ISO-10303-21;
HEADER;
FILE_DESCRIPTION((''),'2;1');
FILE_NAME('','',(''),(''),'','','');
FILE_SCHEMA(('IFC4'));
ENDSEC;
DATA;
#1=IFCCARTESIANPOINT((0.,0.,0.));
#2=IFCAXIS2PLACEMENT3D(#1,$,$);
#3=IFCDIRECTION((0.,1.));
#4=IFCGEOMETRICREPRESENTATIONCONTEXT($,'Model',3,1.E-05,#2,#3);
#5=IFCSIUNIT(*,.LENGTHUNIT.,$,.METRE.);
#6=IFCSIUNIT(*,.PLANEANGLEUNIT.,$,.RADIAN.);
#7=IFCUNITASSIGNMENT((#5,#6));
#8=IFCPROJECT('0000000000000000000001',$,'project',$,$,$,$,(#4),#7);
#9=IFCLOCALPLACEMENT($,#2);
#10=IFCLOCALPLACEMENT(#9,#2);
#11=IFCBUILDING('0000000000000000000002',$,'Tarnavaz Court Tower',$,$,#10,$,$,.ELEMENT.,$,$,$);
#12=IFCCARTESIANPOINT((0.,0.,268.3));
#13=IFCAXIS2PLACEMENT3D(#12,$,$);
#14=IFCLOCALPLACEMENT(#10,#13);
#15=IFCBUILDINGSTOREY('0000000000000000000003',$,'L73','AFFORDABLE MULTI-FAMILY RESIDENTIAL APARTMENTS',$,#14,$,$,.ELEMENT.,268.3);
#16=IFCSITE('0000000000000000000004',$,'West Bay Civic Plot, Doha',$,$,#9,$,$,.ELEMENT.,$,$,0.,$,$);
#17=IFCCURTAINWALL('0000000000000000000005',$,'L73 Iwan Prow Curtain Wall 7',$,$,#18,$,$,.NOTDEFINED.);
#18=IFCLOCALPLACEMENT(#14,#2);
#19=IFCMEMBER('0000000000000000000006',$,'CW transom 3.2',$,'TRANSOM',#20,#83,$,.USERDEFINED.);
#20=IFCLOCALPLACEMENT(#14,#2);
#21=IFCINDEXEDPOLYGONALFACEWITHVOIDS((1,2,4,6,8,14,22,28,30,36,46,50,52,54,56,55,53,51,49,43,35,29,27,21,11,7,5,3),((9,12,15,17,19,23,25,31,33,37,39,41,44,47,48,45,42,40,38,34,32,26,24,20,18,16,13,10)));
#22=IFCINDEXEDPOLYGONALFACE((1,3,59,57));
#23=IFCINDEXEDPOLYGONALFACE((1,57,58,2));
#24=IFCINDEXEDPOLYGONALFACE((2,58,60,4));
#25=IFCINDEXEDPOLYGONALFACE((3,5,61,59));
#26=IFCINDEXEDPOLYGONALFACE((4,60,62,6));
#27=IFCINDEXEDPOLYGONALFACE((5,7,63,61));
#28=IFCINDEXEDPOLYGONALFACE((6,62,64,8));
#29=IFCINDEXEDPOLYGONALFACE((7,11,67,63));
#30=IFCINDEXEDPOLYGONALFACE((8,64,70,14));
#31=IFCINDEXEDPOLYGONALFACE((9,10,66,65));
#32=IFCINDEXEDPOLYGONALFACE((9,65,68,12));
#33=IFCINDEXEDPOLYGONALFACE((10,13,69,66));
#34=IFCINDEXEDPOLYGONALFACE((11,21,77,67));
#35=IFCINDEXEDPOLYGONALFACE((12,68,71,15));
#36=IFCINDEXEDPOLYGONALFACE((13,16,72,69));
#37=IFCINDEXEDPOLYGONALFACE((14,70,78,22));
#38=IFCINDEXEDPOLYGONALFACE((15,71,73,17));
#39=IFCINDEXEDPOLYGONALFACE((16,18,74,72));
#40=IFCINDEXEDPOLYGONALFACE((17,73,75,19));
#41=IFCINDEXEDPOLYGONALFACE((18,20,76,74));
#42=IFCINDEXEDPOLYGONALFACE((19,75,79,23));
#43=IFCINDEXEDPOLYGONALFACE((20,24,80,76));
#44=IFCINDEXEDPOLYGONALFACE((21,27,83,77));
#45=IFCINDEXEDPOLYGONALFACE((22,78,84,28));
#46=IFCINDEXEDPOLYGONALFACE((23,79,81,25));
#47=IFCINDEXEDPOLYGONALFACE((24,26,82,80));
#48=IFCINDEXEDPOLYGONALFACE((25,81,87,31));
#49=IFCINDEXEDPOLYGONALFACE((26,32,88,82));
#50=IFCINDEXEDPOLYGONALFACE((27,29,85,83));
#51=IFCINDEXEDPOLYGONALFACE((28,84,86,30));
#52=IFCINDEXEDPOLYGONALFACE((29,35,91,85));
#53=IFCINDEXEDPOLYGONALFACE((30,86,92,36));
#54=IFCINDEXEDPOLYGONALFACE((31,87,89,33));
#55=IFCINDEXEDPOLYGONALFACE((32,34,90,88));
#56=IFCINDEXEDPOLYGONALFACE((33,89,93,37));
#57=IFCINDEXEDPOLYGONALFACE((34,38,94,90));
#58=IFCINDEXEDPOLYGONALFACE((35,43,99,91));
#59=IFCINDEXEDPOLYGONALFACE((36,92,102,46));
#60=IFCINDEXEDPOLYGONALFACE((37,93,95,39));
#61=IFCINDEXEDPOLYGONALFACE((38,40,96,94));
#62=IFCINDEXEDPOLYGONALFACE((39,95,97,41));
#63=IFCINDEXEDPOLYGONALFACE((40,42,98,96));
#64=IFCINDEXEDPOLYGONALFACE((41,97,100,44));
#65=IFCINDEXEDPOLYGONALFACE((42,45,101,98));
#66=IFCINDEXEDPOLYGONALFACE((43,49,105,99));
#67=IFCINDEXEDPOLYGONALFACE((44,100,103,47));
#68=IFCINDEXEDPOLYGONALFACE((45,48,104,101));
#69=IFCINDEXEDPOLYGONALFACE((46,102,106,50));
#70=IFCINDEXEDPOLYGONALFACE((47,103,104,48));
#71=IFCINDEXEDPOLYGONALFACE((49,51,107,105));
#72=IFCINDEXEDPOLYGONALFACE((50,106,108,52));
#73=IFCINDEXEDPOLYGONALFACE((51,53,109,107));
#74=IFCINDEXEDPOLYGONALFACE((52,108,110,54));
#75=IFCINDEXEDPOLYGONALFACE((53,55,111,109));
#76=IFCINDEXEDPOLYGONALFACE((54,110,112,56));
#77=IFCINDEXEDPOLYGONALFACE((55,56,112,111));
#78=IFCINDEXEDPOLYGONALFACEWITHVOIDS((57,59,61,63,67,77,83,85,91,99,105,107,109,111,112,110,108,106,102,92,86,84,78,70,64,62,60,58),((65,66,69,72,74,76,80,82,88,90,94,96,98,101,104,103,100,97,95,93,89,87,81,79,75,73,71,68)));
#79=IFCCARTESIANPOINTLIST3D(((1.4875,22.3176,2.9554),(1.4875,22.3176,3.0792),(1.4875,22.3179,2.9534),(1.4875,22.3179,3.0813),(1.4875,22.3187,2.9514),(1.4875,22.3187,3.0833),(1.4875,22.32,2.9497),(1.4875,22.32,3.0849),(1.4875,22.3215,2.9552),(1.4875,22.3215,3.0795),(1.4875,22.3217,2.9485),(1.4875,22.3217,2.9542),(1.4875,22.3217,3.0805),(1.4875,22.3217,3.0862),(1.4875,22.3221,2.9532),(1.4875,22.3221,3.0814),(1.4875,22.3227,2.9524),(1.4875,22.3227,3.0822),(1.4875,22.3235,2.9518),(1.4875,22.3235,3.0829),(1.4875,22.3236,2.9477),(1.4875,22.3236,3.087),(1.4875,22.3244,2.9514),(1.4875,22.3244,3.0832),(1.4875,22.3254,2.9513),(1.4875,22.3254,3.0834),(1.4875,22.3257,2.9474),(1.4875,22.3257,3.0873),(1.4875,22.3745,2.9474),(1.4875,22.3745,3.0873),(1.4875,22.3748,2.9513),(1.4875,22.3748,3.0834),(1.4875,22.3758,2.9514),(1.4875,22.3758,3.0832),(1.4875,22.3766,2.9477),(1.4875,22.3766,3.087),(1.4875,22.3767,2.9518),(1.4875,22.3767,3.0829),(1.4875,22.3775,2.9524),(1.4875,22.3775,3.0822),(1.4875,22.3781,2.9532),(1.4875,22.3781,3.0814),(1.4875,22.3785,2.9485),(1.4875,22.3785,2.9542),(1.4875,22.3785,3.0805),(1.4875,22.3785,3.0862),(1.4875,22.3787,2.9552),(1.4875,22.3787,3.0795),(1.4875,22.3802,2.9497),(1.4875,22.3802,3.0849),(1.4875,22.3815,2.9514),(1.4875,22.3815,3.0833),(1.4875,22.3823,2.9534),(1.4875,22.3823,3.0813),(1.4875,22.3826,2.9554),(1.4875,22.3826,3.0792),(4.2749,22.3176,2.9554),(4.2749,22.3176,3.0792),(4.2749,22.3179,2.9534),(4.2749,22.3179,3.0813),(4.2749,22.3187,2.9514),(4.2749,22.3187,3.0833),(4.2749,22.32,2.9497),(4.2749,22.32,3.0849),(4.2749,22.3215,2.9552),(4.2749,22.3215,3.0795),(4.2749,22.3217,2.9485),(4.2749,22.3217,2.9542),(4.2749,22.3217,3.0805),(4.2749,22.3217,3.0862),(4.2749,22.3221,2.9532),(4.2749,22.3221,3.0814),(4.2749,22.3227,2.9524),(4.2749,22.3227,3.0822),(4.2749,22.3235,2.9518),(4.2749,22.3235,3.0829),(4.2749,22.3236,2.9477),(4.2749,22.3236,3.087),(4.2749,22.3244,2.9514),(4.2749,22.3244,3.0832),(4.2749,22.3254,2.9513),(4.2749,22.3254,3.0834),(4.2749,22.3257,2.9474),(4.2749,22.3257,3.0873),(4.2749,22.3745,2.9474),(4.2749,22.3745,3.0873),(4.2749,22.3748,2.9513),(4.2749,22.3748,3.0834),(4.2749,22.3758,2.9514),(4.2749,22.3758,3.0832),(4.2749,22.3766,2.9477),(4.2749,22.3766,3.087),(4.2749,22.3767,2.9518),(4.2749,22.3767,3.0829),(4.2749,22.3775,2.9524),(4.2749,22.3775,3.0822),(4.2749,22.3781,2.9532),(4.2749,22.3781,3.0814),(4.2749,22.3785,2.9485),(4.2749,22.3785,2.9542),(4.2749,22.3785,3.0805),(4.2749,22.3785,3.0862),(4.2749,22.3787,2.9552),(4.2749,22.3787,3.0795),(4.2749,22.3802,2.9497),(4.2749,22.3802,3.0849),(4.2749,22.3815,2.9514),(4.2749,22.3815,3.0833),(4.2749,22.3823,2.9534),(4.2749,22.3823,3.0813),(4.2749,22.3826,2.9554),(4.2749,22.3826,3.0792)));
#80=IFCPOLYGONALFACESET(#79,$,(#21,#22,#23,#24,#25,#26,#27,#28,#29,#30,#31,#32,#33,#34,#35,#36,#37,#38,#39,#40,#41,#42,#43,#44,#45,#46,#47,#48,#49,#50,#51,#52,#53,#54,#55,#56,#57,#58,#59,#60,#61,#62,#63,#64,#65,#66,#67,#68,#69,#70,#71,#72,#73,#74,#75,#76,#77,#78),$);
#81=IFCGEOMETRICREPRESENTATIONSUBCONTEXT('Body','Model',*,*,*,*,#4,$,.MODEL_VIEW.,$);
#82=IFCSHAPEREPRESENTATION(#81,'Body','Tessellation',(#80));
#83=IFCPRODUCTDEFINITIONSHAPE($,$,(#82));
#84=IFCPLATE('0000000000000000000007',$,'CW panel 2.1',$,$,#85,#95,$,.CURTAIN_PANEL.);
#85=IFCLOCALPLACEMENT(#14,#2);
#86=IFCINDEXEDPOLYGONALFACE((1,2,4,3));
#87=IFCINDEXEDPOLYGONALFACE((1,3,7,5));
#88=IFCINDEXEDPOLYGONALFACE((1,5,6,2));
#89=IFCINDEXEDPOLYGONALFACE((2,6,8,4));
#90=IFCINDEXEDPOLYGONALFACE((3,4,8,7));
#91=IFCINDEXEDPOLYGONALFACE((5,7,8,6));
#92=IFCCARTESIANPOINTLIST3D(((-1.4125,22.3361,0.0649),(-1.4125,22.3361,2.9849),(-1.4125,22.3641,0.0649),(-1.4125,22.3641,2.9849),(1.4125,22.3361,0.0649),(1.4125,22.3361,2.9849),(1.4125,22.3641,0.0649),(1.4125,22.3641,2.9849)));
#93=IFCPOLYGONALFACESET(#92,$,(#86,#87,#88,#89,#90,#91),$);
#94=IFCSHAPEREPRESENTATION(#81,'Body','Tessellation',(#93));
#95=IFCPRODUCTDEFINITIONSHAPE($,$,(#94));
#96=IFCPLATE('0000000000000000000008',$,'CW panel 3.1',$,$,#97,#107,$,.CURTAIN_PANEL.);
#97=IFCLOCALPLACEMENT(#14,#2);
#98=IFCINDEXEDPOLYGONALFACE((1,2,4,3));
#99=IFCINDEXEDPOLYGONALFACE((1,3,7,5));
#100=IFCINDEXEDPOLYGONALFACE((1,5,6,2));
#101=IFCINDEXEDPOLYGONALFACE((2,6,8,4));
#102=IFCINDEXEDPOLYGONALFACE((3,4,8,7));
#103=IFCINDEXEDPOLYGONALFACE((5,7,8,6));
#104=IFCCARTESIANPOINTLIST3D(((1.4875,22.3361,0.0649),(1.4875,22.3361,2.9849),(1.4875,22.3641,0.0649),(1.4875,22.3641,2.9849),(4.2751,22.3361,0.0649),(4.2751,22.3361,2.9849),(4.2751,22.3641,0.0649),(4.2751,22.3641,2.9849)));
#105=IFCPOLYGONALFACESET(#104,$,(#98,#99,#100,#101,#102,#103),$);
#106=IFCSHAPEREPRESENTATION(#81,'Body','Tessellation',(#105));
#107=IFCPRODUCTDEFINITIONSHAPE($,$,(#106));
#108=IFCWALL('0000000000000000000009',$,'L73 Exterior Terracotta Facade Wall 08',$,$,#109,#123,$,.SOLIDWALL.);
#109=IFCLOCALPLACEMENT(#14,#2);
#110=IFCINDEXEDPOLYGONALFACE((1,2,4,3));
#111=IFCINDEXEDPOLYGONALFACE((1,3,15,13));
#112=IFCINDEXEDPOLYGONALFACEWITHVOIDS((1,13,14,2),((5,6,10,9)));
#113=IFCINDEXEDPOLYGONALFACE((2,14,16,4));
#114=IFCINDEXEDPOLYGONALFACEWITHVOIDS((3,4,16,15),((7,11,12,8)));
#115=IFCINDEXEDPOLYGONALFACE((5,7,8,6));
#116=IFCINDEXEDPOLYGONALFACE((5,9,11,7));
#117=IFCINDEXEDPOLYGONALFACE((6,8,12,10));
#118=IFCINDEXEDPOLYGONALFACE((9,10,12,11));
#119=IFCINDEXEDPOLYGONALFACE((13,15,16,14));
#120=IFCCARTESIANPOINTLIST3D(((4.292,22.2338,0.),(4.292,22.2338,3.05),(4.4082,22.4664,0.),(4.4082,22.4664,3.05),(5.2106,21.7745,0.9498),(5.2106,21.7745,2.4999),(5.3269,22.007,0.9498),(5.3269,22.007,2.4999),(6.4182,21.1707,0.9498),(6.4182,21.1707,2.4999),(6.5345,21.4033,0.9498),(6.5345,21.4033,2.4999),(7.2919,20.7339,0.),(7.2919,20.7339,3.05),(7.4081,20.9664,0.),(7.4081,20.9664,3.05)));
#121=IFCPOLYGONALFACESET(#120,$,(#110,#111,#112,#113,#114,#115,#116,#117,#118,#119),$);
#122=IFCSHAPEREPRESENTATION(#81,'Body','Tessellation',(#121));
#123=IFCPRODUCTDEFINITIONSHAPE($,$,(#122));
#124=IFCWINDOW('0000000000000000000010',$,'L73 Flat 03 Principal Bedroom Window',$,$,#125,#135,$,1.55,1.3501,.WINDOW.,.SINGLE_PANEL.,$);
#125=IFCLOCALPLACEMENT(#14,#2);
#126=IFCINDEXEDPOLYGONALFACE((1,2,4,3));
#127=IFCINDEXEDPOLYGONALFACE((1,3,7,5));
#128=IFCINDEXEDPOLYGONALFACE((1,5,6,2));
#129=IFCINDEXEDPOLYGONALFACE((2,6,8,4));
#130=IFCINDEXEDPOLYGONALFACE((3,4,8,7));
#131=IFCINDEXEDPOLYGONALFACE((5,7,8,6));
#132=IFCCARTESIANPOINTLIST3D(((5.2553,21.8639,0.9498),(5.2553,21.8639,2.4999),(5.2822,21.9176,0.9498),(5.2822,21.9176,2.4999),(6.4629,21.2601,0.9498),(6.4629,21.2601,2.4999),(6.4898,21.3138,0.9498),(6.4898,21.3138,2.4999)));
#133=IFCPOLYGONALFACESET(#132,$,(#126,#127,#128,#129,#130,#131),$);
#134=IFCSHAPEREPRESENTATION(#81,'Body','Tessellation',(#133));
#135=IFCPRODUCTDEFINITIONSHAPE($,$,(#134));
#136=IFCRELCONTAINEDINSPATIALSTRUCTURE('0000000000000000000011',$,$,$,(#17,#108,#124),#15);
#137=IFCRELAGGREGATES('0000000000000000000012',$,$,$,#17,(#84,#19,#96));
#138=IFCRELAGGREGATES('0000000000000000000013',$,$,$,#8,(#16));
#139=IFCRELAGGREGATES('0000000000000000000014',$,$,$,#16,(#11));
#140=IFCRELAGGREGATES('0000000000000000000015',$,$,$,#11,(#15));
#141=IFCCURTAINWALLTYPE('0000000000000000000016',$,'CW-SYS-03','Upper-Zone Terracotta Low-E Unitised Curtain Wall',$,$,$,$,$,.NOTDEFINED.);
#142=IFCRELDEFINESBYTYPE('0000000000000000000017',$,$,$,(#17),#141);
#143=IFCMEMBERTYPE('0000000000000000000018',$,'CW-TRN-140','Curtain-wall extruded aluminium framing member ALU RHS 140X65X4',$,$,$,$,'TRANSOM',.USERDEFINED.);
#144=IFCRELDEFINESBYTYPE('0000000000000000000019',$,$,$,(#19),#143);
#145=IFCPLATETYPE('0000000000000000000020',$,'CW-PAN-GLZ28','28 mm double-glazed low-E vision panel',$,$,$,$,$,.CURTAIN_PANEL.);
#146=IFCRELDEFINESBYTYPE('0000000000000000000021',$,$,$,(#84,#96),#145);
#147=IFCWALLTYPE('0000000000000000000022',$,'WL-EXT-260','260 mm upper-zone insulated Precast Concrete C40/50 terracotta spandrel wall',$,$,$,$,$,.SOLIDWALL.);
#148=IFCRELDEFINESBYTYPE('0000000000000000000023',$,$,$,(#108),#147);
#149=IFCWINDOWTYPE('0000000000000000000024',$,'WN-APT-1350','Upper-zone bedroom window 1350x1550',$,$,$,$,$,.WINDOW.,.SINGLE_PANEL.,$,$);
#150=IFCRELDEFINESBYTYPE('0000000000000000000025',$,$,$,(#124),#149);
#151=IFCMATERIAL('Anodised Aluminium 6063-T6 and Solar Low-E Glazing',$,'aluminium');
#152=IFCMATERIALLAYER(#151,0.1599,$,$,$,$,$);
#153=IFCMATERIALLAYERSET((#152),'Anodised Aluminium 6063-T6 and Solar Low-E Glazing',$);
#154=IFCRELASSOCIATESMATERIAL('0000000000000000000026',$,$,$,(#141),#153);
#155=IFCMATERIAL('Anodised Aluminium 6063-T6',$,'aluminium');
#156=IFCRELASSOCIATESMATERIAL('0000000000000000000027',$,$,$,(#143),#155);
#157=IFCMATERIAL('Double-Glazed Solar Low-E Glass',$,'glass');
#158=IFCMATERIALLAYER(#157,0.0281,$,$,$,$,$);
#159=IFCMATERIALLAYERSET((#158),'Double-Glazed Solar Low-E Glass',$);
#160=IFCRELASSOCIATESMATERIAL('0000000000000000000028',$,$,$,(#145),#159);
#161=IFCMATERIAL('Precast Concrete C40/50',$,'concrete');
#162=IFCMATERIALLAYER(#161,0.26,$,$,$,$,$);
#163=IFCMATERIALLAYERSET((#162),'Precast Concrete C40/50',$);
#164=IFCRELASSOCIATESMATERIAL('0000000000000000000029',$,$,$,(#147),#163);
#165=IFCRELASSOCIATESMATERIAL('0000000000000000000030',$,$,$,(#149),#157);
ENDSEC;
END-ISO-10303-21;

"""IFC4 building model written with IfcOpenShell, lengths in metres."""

from ifc_helpers import new_model, si_unit, direction, frame, frame_2d, origin, origin_2d, place, context, subcontext, project, spatial, rectangle, hollow_rectangle, extrude, material, layer, layer_set, material_profile, profile_set, type_object, element, fill, aggregate, save


model = new_model("IFC4")

# Units and contexts
model_context = context("Model", 3, precision=1e-05, world=origin(), true_north=direction((0.0, 1.0)))
body_context = subcontext(model_context, "Body", "Model", "MODEL_VIEW")
ifc_project = project(units=[si_unit("LENGTHUNIT", "METRE"), si_unit("PLANEANGLEUNIT", "RADIAN")], contexts=[model_context])

# Site, building, storey
site_placement = place(None, origin())
site = spatial("IfcSite", under=ifc_project, at=site_placement, Name="West Bay Civic Plot, Doha", CompositionType="ELEMENT", RefElevation=0.0)
building_placement = place(site_placement, origin())
building = spatial("IfcBuilding", under=site, at=building_placement, Name="Tarnavaz Court Tower", CompositionType="ELEMENT")
storey_placement = place(building_placement, frame((0.0, 0.0, 268.3)))
storey = spatial("IfcBuildingStorey", under=building, at=storey_placement, Name="L73", Description="AFFORDABLE MULTI-FAMILY RESIDENTIAL APARTMENTS", CompositionType="ELEMENT", Elevation=268.3)

# Curtain wall, member, plates
ifc_material_1 = material(Name="Anodised Aluminium 6063-T6 and Solar Low-E Glazing", Category="aluminium")
ifc_layer_1 = layer(ifc_material_1, 0.1599)
ifc_layer_set_1 = layer_set([ifc_layer_1], Name="Anodised Aluminium 6063-T6 and Solar Low-E Glazing")
curtain_wall_type = type_object("IfcCurtainWallType", Name="CW-SYS-03", Description="Upper-Zone Terracotta Low-E Unitised Curtain Wall", PredefinedType="NOTDEFINED", material=ifc_layer_set_1)
curtain_wall_placement = place(storey_placement, origin())
curtain_wall = element("IfcCurtainWall", 1, at=curtain_wall_placement, inside=storey, type_object=curtain_wall_type, Name="L73 Iwan Prow Curtain Wall 7", PredefinedType="NOTDEFINED")
ifc_material_2 = material(Name="Anodised Aluminium 6063-T6", Category="aluminium")
ifc_material_profile_1 = material_profile(ifc_material_2, hollow_rectangle(XDim=0.0649, YDim=0.1399, WallThickness=0.0039, InnerFilletRadius=0.0039, OuterFilletRadius=0.0081, at=origin_2d()), Name="ALU RHS 140X65X4")
ifc_profile_set_1 = profile_set([ifc_material_profile_1], Name="Anodised Aluminium 6063-T6")
member_type_1 = type_object("IfcMemberType", Name="CW-TRN-140", Description="Curtain-wall extruded aluminium framing member ALU RHS 140X65X4", ElementType="TRANSOM", PredefinedType="USERDEFINED", material=ifc_profile_set_1)
member_1_placement = place(storey_placement, frame((1.4875, 22.3501, 3.0173), z_axis=(1.0, 0.0, 0.0), x_axis=(0.0, 1.0, 0.0)))
member_1 = element("IfcMember", 2, at=member_1_placement, type_object=member_type_1, Name="CW transom 3.2", ObjectType="TRANSOM", PredefinedType="USERDEFINED", context=body_context, shape_type="SweptSolid", body=[
    extrude(hollow_rectangle(XDim=0.0649, YDim=0.1399, WallThickness=0.0039, InnerFilletRadius=0.0039, OuterFilletRadius=0.0081, at=origin_2d()), origin(), (0.0, 0.0, 1.0), 2.7874),
])
ifc_material_3 = material(Name="Double-Glazed Solar Low-E Glass", Category="glass")
ifc_layer_2 = layer(ifc_material_3, 0.0281)
ifc_layer_set_2 = layer_set([ifc_layer_2], Name="Double-Glazed Solar Low-E Glass")
plate_type = type_object("IfcPlateType", Name="CW-PAN-GLZ28", Description="28 mm double-glazed low-E vision panel", PredefinedType="CURTAIN_PANEL", material=ifc_layer_set_2)
plate_1_placement = place(storey_placement, frame((0.0, 22.3501, 0.0649), z_axis=(0.0, 0.0, 1.0), x_axis=(1.0, 0.0, 0.0)))
plate_1 = element("IfcPlate", 3, at=plate_1_placement, type_object=plate_type, Name="CW panel 2.1", PredefinedType="CURTAIN_PANEL", context=body_context, shape_type="SweptSolid", body=[
    extrude(rectangle(XDim=2.825, YDim=0.0281, at=origin_2d()), origin(), (0.0, 0.0, 1.0), 2.9199),
])
plate_2_placement = place(storey_placement, frame((2.8813, 22.3501, 0.0649), z_axis=(0.0, 0.0, 1.0), x_axis=(1.0, 0.0, 0.0)))
plate_2 = element("IfcPlate", 4, at=plate_2_placement, type_object=plate_type, Name="CW panel 3.1", PredefinedType="CURTAIN_PANEL", context=body_context, shape_type="SweptSolid", body=[
    extrude(rectangle(XDim=2.7876, YDim=0.0281, at=origin_2d()), origin(), (0.0, 0.0, 1.0), 2.9199),
])
aggregate(curtain_wall, [plate_1, member_1, plate_2])

# Wall, opening, window
ifc_material_4 = material(Name="Precast Concrete C40/50", Category="concrete")
ifc_layer_3 = layer(ifc_material_4, 0.26)
ifc_layer_set_3 = layer_set([ifc_layer_3], Name="Precast Concrete C40/50")
wall_type_1 = type_object("IfcWallType", Name="WL-EXT-260", Description="260 mm upper-zone insulated Precast Concrete C40/50 terracotta spandrel wall", PredefinedType="SOLIDWALL", material=ifc_layer_set_3)
wall_1_placement = place(storey_placement, frame((4.3501, 22.3501, 0.0), z_axis=(0.0, 0.0, 1.0), x_axis=(0.894427, -0.447214, 0.0)))
wall_1 = element("IfcWall", 5, at=wall_1_placement, inside=storey, type_object=wall_type_1, Name="L73 Exterior Terracotta Facade Wall 08", PredefinedType="SOLIDWALL", context=body_context, shape_type="SweptSolid", body=[
    extrude(rectangle(XDim=3.354, YDim=0.26, at=frame_2d((1.677, 0.0))), origin(), (0.0, 0.0, 1.0), 3.05),
])
opening_1_placement = place(wall_1_placement, frame((1.0271, 0.0, 0.95)))
opening_1 = element("IfcOpeningElement", 6, at=opening_1_placement, cuts=wall_1, PredefinedType="OPENING", context=body_context, shape_type="SweptSolid", body=[
    extrude(rectangle(XDim=1.3501, YDim=1.55, at=frame_2d((0.675, 0.7749))), frame((0.0, 0.1399, 0.0), z_axis=(0.0, -1.0, 0.0), x_axis=(1.0, 0.0, 0.0)), (0.0, 0.0, 1.0), 0.28),
])
window_type_1 = type_object("IfcWindowType", Name="WN-APT-1350", Description="Upper-zone bedroom window 1350x1550", PartitioningType="SINGLE_PANEL", PredefinedType="WINDOW", material=ifc_material_3)
window_1_placement = place(opening_1_placement, origin())
window_1 = element("IfcWindow", 7, at=window_1_placement, inside=storey, type_object=window_type_1, Name="L73 Flat 03 Principal Bedroom Window", OverallHeight=1.55, OverallWidth=1.3501, PartitioningType="SINGLE_PANEL", PredefinedType="WINDOW", context=body_context, shape_type="SweptSolid", body=[
    extrude(rectangle(XDim=1.3501, YDim=1.55, at=frame_2d((0.675, 0.7749))), frame((0.0, 0.03, 0.0), z_axis=(0.0, -1.0, 0.0), x_axis=(1.0, 0.0, 0.0)), (0.0, 0.0, 1.0), 0.0601),
])
fill(opening_1, window_1)

save(model, "model.ifc")
